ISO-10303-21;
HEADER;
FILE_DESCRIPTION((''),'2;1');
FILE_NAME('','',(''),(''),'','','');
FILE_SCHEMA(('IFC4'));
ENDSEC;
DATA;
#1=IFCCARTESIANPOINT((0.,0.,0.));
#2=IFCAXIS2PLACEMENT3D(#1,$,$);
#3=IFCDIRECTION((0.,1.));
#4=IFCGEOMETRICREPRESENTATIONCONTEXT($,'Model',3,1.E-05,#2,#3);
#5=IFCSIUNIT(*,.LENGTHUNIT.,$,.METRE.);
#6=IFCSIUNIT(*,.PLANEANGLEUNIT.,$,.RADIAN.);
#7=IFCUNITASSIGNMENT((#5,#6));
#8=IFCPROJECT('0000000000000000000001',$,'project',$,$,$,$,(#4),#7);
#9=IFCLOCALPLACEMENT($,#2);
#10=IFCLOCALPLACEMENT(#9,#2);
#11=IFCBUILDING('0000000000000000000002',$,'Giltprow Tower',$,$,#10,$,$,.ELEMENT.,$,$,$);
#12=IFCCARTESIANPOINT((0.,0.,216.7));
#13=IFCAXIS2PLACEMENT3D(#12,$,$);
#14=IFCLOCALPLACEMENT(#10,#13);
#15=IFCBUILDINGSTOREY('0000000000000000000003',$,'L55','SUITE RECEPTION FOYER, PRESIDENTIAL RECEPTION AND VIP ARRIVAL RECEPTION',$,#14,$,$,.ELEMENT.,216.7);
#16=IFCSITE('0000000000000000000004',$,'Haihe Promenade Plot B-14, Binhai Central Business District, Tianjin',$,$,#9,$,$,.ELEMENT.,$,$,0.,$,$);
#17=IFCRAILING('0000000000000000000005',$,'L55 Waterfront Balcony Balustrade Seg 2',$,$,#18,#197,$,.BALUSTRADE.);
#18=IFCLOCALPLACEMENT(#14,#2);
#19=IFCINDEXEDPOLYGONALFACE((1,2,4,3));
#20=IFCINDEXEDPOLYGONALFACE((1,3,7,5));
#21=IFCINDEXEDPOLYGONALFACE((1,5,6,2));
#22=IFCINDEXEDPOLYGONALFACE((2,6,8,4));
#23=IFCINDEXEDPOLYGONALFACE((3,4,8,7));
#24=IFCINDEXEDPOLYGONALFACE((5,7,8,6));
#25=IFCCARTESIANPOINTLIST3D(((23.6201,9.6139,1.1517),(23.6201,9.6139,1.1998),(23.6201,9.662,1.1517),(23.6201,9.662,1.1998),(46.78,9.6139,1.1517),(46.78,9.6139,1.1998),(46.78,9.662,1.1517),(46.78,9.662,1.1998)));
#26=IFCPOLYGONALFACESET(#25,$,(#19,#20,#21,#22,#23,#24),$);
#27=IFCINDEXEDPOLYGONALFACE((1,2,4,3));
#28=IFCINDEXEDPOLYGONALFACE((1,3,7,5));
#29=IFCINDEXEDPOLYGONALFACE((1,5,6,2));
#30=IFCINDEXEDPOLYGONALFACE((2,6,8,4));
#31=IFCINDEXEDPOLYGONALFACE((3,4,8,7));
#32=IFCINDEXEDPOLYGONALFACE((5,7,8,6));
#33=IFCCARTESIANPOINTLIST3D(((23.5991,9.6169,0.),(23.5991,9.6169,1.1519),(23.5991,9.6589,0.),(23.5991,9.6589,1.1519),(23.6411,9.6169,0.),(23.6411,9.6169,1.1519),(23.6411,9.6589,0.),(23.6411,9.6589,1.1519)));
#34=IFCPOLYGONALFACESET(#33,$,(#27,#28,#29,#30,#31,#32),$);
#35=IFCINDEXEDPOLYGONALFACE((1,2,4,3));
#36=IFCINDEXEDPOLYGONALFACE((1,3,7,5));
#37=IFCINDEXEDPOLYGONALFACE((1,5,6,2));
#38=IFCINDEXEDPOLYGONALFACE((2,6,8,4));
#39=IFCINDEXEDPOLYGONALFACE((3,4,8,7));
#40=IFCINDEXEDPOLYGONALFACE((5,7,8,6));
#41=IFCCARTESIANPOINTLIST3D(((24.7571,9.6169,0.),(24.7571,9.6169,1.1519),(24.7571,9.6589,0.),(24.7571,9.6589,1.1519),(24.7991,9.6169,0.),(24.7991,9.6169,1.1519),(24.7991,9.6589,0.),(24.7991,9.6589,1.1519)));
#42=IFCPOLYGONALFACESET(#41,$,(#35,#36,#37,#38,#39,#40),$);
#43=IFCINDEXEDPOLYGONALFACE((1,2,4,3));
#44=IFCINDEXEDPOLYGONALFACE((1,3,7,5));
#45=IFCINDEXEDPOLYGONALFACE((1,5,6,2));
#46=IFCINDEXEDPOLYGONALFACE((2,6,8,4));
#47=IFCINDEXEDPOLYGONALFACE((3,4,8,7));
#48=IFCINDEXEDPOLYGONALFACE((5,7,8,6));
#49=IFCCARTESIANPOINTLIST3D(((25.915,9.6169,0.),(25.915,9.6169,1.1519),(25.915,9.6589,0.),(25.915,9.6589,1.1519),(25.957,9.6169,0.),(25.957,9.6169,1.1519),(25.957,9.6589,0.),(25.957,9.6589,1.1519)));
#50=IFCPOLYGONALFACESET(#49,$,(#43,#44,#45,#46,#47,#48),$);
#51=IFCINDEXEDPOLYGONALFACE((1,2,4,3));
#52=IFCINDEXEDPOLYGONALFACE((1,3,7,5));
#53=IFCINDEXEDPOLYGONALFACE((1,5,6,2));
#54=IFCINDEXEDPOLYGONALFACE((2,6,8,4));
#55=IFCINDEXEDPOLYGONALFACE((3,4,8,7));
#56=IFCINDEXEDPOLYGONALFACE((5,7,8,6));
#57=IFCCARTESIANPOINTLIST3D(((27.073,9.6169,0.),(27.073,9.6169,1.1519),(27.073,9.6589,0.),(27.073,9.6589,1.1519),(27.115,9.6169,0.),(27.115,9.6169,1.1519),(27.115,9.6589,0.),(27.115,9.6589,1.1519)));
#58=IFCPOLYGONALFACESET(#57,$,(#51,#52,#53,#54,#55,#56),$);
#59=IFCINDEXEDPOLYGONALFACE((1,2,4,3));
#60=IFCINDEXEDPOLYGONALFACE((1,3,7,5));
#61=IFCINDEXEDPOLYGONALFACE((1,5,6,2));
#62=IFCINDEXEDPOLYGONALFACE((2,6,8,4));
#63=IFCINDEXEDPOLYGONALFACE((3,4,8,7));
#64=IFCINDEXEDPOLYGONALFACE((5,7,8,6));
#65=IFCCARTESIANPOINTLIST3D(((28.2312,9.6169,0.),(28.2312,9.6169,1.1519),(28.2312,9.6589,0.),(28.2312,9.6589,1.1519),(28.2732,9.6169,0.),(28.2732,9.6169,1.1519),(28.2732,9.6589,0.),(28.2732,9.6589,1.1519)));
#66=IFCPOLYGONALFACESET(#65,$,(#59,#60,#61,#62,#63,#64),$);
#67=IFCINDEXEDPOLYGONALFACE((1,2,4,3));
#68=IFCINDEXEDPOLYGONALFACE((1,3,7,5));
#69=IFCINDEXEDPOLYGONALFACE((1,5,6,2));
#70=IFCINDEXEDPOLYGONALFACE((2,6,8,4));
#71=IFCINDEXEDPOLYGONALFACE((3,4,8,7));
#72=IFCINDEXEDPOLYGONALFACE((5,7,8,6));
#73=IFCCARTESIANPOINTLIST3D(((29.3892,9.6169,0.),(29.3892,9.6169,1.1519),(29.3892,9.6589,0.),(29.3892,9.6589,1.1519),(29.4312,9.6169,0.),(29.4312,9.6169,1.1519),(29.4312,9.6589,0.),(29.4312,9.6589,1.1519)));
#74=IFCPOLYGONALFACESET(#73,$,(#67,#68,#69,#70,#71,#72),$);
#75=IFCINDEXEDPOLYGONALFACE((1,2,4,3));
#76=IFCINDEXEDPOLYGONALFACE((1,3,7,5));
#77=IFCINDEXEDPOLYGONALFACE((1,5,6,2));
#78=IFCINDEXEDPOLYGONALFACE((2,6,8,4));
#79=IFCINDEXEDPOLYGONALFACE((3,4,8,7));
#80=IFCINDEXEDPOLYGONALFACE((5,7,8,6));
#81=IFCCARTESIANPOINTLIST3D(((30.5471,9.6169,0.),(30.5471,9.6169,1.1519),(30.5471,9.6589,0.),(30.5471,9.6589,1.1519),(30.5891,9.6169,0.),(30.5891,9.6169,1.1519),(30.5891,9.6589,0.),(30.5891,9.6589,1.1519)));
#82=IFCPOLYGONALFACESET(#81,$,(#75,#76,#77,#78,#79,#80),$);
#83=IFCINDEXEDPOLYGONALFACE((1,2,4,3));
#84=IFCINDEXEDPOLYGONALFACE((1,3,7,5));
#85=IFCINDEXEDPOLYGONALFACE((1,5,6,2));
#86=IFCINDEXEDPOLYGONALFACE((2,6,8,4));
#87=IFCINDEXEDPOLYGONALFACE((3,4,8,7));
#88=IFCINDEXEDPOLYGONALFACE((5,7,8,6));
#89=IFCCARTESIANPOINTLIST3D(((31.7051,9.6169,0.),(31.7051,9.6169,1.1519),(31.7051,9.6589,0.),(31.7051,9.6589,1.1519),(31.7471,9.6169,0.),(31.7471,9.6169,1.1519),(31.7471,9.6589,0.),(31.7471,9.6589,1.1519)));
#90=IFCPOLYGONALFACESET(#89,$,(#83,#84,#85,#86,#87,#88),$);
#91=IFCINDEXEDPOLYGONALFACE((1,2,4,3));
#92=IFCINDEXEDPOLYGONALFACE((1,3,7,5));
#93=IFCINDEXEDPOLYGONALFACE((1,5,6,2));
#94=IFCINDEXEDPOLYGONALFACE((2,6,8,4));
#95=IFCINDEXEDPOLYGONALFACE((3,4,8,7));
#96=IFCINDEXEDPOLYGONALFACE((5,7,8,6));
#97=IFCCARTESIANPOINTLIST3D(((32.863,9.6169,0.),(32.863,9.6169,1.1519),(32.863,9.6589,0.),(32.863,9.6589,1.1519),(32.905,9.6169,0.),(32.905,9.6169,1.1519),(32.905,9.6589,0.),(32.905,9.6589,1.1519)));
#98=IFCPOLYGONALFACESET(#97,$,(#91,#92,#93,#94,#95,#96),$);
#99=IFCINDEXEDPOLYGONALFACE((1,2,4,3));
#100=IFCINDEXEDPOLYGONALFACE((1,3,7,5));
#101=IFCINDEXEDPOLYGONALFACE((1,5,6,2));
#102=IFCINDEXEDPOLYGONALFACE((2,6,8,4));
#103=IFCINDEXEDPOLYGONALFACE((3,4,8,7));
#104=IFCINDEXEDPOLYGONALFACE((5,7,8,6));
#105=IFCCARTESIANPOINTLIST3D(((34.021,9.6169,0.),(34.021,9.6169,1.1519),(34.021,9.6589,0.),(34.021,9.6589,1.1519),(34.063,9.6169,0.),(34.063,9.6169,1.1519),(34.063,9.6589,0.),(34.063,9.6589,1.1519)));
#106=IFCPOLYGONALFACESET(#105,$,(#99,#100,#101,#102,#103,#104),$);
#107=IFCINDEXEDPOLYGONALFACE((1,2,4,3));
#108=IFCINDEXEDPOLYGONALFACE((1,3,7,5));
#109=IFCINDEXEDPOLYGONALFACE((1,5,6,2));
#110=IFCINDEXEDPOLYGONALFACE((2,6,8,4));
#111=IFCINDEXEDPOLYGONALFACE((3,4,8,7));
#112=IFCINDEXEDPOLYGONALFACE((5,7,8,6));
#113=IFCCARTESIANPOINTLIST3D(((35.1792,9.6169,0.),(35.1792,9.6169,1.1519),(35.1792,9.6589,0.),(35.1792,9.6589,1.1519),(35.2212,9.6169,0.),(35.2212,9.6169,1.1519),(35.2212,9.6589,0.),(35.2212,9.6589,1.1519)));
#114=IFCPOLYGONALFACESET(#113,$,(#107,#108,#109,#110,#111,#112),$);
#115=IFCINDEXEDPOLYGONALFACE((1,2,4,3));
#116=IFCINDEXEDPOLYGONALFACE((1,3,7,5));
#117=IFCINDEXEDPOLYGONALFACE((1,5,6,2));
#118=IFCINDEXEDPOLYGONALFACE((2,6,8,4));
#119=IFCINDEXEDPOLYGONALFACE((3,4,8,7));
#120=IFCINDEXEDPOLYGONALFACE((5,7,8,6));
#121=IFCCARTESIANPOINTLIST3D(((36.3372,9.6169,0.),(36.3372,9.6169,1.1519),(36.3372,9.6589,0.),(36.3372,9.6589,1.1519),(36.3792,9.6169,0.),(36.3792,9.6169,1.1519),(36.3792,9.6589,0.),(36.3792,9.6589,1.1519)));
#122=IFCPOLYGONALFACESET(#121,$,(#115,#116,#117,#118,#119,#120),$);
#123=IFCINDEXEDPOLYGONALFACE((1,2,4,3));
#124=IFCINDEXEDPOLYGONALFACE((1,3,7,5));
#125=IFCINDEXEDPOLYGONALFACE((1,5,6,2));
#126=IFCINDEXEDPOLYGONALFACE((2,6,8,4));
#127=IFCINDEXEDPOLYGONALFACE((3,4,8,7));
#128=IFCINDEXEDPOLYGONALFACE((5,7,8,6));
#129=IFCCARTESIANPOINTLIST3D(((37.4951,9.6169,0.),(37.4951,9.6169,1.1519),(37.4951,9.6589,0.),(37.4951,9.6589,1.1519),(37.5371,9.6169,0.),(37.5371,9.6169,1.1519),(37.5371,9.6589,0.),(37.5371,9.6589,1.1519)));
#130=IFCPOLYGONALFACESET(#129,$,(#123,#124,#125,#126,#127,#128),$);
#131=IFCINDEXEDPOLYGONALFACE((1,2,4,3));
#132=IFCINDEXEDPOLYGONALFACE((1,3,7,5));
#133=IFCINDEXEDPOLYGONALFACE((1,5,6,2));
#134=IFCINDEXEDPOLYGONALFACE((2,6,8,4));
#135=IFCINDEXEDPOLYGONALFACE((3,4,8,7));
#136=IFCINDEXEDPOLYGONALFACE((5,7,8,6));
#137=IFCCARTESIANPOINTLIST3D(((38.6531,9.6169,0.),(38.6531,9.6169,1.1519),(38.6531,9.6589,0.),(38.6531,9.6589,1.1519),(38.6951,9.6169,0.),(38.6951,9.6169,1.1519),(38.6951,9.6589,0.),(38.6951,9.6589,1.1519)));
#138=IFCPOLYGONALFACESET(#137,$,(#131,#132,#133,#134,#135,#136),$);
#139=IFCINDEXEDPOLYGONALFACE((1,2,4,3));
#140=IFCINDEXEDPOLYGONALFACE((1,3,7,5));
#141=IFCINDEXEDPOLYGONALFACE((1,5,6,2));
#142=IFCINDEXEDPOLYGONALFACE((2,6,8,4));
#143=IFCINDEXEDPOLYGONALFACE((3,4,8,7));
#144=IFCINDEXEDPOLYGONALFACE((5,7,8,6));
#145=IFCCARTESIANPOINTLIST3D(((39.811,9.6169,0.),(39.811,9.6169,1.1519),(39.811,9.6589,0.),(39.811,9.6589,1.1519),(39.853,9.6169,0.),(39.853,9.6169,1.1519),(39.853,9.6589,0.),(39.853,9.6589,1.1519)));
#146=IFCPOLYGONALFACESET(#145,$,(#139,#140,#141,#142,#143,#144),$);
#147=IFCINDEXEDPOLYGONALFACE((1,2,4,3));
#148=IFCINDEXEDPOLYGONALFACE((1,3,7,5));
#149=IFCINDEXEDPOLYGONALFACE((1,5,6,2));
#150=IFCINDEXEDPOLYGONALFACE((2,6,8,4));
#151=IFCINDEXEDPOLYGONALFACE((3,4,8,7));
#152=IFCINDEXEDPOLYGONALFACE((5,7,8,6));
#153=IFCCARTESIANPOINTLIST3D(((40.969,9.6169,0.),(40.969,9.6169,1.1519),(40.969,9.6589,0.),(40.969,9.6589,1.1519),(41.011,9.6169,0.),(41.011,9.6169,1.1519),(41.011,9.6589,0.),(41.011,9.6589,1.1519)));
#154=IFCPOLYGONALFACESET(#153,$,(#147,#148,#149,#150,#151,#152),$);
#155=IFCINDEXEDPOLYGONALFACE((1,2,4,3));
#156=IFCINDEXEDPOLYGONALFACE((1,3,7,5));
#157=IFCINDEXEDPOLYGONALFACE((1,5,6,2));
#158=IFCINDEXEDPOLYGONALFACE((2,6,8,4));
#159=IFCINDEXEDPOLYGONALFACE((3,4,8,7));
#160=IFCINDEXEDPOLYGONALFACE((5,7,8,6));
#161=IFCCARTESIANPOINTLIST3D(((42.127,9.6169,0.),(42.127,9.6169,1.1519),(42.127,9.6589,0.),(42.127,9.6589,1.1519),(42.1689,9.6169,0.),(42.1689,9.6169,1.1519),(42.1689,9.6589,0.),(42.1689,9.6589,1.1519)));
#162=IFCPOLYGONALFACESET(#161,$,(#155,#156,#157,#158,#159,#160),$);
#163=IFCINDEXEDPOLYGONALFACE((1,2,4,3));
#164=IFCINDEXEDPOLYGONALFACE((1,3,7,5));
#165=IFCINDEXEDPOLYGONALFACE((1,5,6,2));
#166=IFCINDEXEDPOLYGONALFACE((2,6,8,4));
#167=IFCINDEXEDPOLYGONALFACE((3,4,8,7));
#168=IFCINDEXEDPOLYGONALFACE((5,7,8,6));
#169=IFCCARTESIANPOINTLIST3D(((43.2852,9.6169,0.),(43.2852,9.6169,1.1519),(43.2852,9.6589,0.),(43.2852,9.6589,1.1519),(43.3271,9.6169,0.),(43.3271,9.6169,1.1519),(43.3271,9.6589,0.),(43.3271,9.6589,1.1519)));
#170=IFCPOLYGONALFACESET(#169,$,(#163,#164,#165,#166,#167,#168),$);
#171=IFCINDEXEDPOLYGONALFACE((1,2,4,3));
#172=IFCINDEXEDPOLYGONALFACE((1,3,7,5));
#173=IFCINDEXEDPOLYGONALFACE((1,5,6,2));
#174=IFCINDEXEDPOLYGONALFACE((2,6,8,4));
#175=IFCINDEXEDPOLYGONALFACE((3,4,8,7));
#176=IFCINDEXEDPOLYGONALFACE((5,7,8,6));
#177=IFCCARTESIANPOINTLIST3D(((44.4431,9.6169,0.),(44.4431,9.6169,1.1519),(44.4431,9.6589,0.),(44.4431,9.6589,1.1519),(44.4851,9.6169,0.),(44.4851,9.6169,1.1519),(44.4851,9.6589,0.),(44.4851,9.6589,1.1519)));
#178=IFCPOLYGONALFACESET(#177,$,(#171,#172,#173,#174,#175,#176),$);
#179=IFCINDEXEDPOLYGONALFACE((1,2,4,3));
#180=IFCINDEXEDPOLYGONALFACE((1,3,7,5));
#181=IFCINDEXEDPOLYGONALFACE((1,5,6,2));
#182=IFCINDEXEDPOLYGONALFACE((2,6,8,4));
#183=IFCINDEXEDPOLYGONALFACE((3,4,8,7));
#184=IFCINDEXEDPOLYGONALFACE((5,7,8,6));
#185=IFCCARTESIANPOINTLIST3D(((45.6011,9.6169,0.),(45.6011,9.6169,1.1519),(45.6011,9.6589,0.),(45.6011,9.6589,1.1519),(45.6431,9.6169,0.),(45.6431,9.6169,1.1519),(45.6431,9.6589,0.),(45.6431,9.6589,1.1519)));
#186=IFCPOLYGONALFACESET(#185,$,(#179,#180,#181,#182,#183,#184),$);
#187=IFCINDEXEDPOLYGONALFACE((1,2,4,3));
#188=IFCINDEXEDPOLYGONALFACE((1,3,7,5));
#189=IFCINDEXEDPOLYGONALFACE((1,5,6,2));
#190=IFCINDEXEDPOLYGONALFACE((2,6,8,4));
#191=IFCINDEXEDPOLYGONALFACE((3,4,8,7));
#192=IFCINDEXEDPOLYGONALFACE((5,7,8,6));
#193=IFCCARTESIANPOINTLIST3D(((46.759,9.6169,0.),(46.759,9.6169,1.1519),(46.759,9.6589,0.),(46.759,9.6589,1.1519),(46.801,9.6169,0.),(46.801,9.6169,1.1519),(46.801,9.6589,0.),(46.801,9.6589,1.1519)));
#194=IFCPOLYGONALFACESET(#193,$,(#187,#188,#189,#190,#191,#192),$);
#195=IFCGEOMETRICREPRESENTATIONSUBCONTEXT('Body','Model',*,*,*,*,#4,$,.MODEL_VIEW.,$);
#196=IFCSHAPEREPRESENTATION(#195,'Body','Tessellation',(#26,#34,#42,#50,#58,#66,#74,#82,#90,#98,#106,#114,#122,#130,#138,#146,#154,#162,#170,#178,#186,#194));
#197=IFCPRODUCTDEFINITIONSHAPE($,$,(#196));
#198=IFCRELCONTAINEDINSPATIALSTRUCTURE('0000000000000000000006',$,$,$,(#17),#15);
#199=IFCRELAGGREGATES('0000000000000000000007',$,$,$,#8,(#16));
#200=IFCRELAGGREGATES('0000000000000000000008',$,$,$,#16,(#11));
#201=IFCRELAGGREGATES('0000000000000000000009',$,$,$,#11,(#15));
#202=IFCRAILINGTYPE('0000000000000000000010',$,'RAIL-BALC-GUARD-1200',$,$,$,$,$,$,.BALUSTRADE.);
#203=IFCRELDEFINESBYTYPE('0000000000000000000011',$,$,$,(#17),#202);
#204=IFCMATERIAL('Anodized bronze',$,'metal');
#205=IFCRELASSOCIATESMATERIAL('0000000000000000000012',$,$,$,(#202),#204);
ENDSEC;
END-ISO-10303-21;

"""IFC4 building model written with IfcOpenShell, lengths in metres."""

from ifc_helpers import new_model, si_unit, direction, frame, origin, origin_2d, place, context, subcontext, project, spatial, rectangle, extrude, material, type_object, element, save


model = new_model("IFC4")

# Units and contexts
model_context = context("Model", 3, precision=1e-05, world=origin(), true_north=direction((0.0, 1.0)))
body_context = subcontext(model_context, "Body", "Model", "MODEL_VIEW")
ifc_project = project(units=[si_unit("LENGTHUNIT", "METRE"), si_unit("PLANEANGLEUNIT", "RADIAN")], contexts=[model_context])

# Site, building, storey
site_placement = place(None, origin())
site = spatial("IfcSite", under=ifc_project, at=site_placement, Name="Haihe Promenade Plot B-14, Binhai Central Business District, Tianjin", CompositionType="ELEMENT", RefElevation=0.0)
building_placement = place(site_placement, origin())
building = spatial("IfcBuilding", under=site, at=building_placement, Name="Giltprow Tower", CompositionType="ELEMENT")
storey_placement = place(building_placement, frame((0.0, 0.0, 216.7)))
storey = spatial("IfcBuildingStorey", under=building, at=storey_placement, Name="L55", Description="SUITE RECEPTION FOYER, PRESIDENTIAL RECEPTION AND VIP ARRIVAL RECEPTION", CompositionType="ELEMENT", Elevation=216.7)

# Railing
ifc_material_1 = material(Name="Anodized bronze", Category="metal")
railing_type = type_object("IfcRailingType", Name="RAIL-BALC-GUARD-1200", PredefinedType="BALUSTRADE", material=ifc_material_1)
railing_1_placement = place(storey_placement, frame((23.6201, 9.6379, 0.0)))
element("IfcRailing", 1, at=railing_1_placement, inside=storey, type_object=railing_type, Name="L55 Waterfront Balcony Balustrade Seg 2", PredefinedType="BALUSTRADE", context=body_context, shape_type="SweptSolid", body=[
    extrude(rectangle(XDim=0.0481, YDim=0.0481, at=origin_2d()), frame((0.0, 0.0, 1.1758), z_axis=(1.0, 0.0, 0.0), x_axis=(0.0, 1.0, 0.0)), (0.0, 0.0, 1.0), 23.1599),
    extrude(rectangle(XDim=0.042, YDim=0.042, at=origin_2d()), origin(), (0.0, 0.0, 1.0), 1.1519),
    extrude(rectangle(XDim=0.042, YDim=0.042, at=origin_2d()), frame((1.158, 0.0, 0.0)), (0.0, 0.0, 1.0), 1.1519),
    extrude(rectangle(XDim=0.042, YDim=0.042, at=origin_2d()), frame((2.3159, 0.0, 0.0)), (0.0, 0.0, 1.0), 1.1519),
    extrude(rectangle(XDim=0.042, YDim=0.042, at=origin_2d()), frame((3.4739, 0.0, 0.0)), (0.0, 0.0, 1.0), 1.1519),
    extrude(rectangle(XDim=0.042, YDim=0.042, at=origin_2d()), frame((4.6321, 0.0, 0.0)), (0.0, 0.0, 1.0), 1.1519),
    extrude(rectangle(XDim=0.042, YDim=0.042, at=origin_2d()), frame((5.79, 0.0, 0.0)), (0.0, 0.0, 1.0), 1.1519),
    extrude(rectangle(XDim=0.042, YDim=0.042, at=origin_2d()), frame((6.948, 0.0, 0.0)), (0.0, 0.0, 1.0), 1.1519),
    extrude(rectangle(XDim=0.042, YDim=0.042, at=origin_2d()), frame((8.106, 0.0, 0.0)), (0.0, 0.0, 1.0), 1.1519),
    extrude(rectangle(XDim=0.042, YDim=0.042, at=origin_2d()), frame((9.2639, 0.0, 0.0)), (0.0, 0.0, 1.0), 1.1519),
    extrude(rectangle(XDim=0.042, YDim=0.042, at=origin_2d()), frame((10.4219, 0.0, 0.0)), (0.0, 0.0, 1.0), 1.1519),
    extrude(rectangle(XDim=0.042, YDim=0.042, at=origin_2d()), frame((11.5801, 0.0, 0.0)), (0.0, 0.0, 1.0), 1.1519),
    extrude(rectangle(XDim=0.042, YDim=0.042, at=origin_2d()), frame((12.738, 0.0, 0.0)), (0.0, 0.0, 1.0), 1.1519),
    extrude(rectangle(XDim=0.042, YDim=0.042, at=origin_2d()), frame((13.896, 0.0, 0.0)), (0.0, 0.0, 1.0), 1.1519),
    extrude(rectangle(XDim=0.042, YDim=0.042, at=origin_2d()), frame((15.054, 0.0, 0.0)), (0.0, 0.0, 1.0), 1.1519),
    extrude(rectangle(XDim=0.042, YDim=0.042, at=origin_2d()), frame((16.2119, 0.0, 0.0)), (0.0, 0.0, 1.0), 1.1519),
    extrude(rectangle(XDim=0.042, YDim=0.042, at=origin_2d()), frame((17.3699, 0.0, 0.0)), (0.0, 0.0, 1.0), 1.1519),
    extrude(rectangle(XDim=0.042, YDim=0.042, at=origin_2d()), frame((18.5278, 0.0, 0.0)), (0.0, 0.0, 1.0), 1.1519),
    extrude(rectangle(XDim=0.042, YDim=0.042, at=origin_2d()), frame((19.686, 0.0, 0.0)), (0.0, 0.0, 1.0), 1.1519),
    extrude(rectangle(XDim=0.042, YDim=0.042, at=origin_2d()), frame((20.844, 0.0, 0.0)), (0.0, 0.0, 1.0), 1.1519),
    extrude(rectangle(XDim=0.042, YDim=0.042, at=origin_2d()), frame((22.002, 0.0, 0.0)), (0.0, 0.0, 1.0), 1.1519),
    extrude(rectangle(XDim=0.042, YDim=0.042, at=origin_2d()), frame((23.1599, 0.0, 0.0)), (0.0, 0.0, 1.0), 1.1519),
])

save(model, "model.ifc")
